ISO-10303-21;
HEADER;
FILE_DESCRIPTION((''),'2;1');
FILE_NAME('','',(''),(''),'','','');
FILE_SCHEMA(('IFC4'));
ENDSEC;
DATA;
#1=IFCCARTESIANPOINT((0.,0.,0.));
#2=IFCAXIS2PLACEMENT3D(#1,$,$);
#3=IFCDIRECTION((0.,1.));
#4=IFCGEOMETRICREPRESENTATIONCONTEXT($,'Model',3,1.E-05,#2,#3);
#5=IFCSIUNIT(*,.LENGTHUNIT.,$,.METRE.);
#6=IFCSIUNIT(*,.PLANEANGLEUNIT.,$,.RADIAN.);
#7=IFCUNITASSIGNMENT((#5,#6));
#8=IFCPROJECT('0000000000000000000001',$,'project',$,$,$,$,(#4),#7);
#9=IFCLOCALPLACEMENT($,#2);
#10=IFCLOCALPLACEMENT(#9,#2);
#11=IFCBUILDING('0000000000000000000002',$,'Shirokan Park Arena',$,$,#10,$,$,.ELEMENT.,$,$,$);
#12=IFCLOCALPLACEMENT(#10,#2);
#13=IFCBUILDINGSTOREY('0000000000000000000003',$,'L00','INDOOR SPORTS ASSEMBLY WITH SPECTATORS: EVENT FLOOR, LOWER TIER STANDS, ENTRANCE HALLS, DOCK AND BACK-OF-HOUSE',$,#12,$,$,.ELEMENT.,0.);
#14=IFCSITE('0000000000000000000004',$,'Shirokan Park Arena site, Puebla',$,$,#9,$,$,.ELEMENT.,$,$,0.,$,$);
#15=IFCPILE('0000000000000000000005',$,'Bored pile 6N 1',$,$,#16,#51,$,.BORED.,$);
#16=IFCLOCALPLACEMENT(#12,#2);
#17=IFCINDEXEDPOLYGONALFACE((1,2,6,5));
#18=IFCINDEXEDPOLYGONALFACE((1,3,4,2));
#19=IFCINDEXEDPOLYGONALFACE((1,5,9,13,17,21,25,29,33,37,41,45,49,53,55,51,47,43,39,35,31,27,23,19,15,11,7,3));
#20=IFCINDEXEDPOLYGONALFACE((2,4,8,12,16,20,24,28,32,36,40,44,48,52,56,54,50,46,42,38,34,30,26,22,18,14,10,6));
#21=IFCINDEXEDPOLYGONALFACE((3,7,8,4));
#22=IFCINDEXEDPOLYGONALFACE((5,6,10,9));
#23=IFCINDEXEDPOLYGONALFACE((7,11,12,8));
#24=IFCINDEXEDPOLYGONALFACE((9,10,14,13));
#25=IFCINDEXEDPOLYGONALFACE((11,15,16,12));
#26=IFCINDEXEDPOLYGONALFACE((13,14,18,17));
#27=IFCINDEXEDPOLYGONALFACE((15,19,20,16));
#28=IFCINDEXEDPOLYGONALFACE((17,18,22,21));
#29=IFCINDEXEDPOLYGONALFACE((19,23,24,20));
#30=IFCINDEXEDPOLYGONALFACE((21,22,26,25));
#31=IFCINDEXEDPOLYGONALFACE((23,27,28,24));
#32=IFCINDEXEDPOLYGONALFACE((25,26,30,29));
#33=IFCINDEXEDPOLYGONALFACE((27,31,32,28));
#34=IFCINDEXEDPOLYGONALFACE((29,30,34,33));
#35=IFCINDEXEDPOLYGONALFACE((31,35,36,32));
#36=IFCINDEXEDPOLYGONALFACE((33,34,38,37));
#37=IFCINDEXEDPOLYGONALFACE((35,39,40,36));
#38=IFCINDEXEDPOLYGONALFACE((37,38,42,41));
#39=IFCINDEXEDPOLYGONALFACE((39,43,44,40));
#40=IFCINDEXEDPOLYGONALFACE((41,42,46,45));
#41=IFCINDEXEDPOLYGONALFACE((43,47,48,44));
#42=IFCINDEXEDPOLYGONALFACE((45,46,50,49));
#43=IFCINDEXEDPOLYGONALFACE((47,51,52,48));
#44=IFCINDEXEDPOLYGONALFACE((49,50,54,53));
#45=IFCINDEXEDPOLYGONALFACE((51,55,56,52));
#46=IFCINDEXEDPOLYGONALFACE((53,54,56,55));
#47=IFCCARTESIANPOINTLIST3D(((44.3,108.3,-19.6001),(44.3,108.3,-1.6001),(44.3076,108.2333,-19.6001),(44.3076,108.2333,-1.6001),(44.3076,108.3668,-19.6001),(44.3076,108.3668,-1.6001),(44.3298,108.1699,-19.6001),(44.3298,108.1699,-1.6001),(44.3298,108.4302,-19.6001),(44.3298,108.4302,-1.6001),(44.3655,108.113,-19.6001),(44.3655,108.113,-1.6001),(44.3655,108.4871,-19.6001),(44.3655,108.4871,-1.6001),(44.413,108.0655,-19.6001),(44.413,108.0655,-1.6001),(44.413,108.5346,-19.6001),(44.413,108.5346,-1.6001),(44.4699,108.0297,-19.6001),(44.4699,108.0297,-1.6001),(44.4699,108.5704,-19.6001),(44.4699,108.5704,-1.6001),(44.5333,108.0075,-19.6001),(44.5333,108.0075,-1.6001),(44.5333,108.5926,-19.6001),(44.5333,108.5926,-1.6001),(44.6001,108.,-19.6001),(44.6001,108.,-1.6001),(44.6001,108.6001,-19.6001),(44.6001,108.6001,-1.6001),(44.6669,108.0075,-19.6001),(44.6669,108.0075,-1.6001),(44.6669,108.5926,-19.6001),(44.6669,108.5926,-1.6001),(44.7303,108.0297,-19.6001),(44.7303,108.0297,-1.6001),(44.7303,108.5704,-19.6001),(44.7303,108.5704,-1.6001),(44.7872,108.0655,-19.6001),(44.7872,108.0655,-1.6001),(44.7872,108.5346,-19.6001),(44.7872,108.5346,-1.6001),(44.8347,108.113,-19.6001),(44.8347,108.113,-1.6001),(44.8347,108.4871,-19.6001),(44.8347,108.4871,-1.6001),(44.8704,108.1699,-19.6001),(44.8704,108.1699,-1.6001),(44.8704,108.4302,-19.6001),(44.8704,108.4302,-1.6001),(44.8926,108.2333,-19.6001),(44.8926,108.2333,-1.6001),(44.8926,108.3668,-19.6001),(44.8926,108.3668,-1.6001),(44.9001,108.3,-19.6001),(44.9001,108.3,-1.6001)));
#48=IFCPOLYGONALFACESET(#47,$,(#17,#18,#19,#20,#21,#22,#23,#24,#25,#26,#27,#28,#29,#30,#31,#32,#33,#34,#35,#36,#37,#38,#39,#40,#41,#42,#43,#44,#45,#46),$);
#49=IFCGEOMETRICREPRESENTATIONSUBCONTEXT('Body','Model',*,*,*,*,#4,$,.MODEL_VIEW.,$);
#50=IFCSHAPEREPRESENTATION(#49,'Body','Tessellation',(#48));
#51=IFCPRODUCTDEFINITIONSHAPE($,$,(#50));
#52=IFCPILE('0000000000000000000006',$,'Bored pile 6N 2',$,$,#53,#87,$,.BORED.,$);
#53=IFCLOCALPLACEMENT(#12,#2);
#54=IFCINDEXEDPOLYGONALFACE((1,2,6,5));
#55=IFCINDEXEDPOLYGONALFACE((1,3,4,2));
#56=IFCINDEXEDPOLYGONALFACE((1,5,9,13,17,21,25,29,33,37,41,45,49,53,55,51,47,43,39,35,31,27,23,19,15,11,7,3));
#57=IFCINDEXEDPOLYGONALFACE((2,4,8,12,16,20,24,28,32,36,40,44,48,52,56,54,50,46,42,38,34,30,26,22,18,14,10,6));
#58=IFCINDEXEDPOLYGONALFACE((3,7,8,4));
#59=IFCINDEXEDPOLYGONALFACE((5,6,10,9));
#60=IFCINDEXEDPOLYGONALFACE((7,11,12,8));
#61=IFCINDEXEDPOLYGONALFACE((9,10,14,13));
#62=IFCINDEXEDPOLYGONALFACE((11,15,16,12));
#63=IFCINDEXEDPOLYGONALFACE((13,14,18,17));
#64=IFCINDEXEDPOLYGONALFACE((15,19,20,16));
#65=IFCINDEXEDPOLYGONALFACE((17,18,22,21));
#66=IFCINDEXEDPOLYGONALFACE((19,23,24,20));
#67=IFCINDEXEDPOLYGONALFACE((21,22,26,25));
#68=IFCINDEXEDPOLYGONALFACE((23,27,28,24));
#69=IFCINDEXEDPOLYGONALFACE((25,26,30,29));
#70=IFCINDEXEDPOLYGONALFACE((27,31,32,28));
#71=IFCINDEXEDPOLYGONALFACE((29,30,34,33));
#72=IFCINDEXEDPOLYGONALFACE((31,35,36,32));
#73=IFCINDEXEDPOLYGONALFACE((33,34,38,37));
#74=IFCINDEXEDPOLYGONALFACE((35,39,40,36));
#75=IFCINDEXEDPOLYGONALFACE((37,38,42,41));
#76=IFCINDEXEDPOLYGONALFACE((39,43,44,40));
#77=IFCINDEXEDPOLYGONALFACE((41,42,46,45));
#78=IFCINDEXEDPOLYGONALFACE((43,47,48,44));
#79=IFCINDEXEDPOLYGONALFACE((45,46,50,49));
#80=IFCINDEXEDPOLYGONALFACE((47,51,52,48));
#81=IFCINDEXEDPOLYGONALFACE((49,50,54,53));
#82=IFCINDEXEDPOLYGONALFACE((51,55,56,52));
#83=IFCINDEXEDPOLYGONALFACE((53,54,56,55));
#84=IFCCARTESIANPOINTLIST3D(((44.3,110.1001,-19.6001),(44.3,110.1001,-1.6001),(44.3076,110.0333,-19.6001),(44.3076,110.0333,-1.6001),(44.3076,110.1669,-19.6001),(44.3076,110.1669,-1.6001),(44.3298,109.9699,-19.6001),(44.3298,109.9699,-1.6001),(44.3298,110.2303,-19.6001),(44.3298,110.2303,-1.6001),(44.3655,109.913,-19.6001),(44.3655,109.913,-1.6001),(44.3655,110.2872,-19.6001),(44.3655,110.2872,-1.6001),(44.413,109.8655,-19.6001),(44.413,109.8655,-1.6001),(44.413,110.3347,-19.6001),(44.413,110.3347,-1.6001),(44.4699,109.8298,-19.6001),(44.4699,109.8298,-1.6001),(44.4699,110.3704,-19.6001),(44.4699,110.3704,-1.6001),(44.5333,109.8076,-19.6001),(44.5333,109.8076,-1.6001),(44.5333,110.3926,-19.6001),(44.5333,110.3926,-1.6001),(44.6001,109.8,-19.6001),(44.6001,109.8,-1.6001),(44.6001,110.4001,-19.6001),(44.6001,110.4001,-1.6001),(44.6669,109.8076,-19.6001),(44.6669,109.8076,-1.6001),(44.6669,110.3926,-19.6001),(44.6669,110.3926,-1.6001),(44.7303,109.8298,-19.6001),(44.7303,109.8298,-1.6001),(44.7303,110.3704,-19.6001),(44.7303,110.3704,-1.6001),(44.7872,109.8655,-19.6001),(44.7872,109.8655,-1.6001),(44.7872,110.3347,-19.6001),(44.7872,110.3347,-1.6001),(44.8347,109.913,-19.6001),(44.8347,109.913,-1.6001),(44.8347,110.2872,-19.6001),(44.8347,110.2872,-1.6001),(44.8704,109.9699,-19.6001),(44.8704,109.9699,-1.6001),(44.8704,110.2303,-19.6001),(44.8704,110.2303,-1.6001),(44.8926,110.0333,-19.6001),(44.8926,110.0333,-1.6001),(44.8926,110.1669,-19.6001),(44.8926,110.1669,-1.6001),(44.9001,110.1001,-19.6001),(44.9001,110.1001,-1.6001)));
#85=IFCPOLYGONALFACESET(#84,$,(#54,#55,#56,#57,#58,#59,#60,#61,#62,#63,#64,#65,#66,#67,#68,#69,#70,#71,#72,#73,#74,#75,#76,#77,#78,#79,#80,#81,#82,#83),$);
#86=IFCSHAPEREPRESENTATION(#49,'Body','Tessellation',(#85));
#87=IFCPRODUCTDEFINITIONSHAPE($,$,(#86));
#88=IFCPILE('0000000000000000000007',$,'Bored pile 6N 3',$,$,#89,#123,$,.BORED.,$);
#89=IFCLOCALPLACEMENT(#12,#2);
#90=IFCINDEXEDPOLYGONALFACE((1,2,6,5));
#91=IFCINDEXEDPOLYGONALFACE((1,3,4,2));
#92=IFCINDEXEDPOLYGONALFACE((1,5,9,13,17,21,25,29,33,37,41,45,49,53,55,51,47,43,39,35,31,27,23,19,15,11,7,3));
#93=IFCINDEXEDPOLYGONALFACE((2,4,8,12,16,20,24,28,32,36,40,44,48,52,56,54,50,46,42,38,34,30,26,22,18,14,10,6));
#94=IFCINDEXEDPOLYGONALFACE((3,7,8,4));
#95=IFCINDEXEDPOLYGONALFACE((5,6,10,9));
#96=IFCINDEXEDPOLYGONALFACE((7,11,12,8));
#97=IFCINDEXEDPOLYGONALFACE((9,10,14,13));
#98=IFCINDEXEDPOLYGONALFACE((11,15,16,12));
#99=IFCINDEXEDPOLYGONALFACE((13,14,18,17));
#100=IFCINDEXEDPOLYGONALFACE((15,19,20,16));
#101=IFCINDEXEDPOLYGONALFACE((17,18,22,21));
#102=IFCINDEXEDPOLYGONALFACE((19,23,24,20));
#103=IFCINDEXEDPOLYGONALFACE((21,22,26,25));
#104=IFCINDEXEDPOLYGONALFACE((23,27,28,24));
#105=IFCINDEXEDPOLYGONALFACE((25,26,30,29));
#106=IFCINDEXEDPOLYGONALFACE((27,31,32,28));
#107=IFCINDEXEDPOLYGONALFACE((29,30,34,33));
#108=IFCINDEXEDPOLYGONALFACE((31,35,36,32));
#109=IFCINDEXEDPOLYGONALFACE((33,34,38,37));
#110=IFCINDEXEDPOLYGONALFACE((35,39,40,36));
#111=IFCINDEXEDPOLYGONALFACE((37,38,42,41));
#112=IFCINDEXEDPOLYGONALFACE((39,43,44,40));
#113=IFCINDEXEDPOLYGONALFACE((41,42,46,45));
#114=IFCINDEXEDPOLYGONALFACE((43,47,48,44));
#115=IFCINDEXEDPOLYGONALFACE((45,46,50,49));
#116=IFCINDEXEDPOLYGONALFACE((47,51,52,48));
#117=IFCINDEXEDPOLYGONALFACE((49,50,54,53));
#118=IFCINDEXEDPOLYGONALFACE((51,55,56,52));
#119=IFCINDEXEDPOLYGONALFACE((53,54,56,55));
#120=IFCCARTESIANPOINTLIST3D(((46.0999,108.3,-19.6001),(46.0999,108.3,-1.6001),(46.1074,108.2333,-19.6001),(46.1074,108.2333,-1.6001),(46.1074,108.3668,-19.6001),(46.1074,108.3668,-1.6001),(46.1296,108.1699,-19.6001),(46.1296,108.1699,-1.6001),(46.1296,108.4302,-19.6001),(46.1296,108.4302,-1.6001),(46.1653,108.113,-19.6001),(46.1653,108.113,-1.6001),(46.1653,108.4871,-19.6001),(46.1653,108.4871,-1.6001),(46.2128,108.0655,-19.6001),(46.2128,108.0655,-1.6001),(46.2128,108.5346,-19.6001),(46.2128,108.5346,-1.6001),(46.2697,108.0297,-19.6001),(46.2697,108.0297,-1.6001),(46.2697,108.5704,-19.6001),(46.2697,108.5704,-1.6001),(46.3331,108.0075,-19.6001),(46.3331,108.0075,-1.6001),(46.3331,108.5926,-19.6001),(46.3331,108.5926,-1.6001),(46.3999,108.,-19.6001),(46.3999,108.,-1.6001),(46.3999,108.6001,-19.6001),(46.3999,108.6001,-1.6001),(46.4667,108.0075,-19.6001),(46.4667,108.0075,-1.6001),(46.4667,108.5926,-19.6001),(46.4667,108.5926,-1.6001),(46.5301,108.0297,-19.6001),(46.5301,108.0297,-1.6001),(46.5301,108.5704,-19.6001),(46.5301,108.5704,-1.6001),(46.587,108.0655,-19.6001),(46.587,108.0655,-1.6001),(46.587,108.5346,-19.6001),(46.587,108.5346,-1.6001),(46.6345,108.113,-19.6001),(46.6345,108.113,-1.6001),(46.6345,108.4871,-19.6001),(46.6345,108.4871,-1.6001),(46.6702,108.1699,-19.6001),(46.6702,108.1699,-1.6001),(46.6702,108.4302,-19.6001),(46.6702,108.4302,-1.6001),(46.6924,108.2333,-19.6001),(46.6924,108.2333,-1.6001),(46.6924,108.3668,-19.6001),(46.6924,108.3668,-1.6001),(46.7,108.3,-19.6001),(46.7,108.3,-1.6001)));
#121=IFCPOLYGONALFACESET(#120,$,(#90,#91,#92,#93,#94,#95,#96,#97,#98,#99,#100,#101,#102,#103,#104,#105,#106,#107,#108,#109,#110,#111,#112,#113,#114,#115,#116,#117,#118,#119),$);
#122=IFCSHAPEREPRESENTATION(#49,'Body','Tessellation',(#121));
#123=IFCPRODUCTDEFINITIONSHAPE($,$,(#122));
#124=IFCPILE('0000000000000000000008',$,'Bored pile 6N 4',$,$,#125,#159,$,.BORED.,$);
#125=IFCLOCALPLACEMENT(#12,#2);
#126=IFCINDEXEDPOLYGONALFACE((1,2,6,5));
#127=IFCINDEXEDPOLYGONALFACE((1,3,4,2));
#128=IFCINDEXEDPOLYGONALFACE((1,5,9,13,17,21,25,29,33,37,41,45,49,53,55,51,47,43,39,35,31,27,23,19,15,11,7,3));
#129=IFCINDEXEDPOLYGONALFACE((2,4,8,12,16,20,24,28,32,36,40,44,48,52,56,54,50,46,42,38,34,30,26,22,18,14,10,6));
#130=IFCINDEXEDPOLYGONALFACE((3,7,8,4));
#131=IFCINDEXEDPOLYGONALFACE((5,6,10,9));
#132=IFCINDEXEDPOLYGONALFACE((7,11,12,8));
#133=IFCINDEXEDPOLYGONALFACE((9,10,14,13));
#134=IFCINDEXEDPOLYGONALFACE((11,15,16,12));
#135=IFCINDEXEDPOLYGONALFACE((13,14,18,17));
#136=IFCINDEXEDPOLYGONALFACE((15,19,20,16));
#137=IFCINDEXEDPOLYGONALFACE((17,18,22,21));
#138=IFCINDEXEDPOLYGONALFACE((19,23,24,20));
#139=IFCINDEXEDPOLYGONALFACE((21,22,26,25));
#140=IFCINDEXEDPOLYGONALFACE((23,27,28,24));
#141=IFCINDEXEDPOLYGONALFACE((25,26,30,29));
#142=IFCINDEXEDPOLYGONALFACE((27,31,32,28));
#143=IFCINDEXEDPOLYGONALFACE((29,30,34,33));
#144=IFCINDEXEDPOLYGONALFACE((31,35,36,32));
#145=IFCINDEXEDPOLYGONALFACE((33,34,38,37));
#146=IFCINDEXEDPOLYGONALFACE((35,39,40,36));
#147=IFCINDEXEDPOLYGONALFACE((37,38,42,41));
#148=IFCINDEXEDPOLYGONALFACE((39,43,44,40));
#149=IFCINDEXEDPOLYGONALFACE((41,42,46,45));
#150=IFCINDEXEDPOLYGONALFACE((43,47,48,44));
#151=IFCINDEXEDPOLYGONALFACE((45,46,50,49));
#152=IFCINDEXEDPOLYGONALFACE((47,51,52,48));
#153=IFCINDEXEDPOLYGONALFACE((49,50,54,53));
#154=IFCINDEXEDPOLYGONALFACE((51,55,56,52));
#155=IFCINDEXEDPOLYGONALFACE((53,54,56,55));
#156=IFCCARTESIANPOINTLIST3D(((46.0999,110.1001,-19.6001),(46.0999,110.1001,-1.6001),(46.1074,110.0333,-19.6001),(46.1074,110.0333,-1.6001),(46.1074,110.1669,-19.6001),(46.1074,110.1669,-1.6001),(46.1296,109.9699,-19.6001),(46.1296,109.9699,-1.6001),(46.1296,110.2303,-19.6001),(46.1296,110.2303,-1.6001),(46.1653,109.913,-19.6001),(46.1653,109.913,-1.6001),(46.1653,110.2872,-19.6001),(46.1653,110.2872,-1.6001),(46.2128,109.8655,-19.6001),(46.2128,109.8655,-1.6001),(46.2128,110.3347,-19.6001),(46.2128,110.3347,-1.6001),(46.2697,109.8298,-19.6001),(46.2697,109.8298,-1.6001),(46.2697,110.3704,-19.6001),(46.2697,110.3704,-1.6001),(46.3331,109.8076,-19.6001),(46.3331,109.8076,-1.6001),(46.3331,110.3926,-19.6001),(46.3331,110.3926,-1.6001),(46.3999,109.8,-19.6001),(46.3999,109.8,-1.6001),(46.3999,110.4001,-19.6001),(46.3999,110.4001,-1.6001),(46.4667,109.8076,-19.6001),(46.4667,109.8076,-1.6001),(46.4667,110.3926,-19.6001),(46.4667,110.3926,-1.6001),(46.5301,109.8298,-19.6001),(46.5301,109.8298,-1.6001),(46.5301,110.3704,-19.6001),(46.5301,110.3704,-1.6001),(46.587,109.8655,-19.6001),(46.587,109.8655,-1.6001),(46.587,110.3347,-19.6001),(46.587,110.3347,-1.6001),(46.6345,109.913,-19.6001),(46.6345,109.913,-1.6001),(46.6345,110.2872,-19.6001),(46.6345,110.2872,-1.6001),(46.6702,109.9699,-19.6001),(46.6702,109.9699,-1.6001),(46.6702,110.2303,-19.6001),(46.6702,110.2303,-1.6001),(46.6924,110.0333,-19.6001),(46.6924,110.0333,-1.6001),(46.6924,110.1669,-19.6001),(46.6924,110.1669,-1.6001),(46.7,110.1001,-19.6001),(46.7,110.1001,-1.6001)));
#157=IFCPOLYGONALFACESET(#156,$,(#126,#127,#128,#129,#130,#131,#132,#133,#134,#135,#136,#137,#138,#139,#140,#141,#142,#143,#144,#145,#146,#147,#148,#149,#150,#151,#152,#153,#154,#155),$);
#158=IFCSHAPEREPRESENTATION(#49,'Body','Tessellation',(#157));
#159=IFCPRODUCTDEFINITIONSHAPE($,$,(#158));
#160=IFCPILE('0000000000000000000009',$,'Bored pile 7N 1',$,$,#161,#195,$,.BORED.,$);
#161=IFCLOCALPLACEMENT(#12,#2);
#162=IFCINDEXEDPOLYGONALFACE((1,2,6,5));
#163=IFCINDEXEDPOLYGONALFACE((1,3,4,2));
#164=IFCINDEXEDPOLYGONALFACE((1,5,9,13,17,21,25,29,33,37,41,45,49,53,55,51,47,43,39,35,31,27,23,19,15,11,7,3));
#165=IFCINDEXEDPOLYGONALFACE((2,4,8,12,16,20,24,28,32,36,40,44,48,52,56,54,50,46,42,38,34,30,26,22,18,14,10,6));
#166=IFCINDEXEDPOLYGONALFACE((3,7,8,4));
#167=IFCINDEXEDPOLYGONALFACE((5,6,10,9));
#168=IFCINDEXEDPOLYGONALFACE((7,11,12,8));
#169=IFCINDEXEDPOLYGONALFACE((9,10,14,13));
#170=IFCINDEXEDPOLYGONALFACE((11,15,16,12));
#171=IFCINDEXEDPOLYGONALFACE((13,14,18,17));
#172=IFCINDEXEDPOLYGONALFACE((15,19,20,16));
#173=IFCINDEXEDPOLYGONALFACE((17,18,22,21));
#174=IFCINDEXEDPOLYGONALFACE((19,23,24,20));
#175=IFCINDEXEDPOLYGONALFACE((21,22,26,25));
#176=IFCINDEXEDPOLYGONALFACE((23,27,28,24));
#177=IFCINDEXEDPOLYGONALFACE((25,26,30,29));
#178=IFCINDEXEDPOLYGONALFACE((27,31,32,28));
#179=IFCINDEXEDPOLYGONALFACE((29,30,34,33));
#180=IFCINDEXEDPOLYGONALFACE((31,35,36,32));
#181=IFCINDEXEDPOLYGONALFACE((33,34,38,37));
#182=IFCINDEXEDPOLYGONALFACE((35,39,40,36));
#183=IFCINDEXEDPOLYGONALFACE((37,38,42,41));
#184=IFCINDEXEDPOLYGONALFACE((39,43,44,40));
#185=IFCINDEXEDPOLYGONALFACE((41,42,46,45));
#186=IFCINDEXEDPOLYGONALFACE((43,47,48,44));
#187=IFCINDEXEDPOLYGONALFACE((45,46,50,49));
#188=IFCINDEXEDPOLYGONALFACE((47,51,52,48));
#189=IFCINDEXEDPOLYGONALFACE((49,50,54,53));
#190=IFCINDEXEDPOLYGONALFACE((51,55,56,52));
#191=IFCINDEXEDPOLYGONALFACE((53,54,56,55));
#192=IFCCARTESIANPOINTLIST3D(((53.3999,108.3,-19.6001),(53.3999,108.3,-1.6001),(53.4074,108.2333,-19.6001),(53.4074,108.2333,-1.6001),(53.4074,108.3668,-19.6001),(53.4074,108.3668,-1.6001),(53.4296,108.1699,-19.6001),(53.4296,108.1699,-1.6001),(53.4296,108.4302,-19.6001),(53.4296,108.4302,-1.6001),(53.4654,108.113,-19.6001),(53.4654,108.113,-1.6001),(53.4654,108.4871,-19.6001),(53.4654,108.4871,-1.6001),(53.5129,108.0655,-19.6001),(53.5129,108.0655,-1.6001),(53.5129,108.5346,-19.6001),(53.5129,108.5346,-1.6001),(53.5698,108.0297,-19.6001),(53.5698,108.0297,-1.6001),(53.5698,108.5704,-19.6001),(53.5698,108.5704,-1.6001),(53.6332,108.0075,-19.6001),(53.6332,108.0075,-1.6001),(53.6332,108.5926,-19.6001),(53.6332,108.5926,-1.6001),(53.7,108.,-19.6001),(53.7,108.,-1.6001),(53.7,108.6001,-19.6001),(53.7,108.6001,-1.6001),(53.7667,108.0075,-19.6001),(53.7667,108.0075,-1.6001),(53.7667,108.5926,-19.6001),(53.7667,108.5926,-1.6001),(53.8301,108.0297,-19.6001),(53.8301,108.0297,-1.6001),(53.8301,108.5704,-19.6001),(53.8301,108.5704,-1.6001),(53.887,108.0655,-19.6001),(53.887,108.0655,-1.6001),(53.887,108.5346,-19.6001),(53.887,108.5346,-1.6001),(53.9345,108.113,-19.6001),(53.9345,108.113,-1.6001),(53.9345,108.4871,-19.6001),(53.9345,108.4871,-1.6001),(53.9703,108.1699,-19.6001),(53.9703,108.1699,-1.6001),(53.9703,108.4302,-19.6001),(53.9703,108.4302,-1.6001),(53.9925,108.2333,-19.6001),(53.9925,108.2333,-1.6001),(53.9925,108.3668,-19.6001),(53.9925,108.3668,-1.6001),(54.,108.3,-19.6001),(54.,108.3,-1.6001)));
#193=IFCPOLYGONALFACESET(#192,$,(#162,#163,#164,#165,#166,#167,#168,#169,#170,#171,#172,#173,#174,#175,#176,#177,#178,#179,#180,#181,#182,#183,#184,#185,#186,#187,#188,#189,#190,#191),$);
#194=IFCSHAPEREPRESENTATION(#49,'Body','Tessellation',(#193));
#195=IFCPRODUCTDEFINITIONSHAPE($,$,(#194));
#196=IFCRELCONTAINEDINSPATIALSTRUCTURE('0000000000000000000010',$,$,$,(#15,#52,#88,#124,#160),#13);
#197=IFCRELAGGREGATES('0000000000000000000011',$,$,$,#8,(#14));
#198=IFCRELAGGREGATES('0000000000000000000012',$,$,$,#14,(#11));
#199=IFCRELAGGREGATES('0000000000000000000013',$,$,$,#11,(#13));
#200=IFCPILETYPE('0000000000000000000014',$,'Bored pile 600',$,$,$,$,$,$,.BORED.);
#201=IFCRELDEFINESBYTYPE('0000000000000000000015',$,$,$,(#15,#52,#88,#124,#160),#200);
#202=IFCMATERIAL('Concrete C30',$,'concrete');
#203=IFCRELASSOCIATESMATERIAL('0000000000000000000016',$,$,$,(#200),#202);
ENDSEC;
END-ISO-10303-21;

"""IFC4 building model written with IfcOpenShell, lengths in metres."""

from ifc_helpers import new_model, si_unit, direction, frame, origin, origin_2d, place, context, subcontext, project, spatial, circle, extrude, material, material_profile, profile_set, type_object, element, save


model = new_model("IFC4")

# Units and contexts
model_context = context("Model", 3, precision=1e-05, world=origin(), true_north=direction((0.0, 1.0)))
body_context = subcontext(model_context, "Body", "Model", "MODEL_VIEW")
ifc_project = project(units=[si_unit("LENGTHUNIT", "METRE"), si_unit("PLANEANGLEUNIT", "RADIAN")], contexts=[model_context])

# Site, building, storey
site_placement = place(None, origin())
site = spatial("IfcSite", under=ifc_project, at=site_placement, Name="Shirokan Park Arena site, Puebla", CompositionType="ELEMENT", RefElevation=0.0)
building_placement = place(site_placement, origin())
building = spatial("IfcBuilding", under=site, at=building_placement, Name="Shirokan Park Arena", CompositionType="ELEMENT")
storey_placement = place(building_placement, origin())
storey = spatial("IfcBuildingStorey", under=building, at=storey_placement, Name="L00", Description="INDOOR SPORTS ASSEMBLY WITH SPECTATORS: EVENT FLOOR, LOWER TIER STANDS, ENTRANCE HALLS, DOCK AND BACK-OF-HOUSE", CompositionType="ELEMENT", Elevation=0.0)

# Piles
ifc_material_1 = material(Name="Concrete C30", Category="concrete")
ifc_material_profile_1 = material_profile(ifc_material_1, circle(Radius=0.3, at=origin_2d()), Name="D600")
ifc_profile_set_1 = profile_set([ifc_material_profile_1], Name="Concrete C30")
pile_type = type_object("IfcPileType", Name="Bored pile 600", PredefinedType="BORED", material=ifc_profile_set_1)
for number, where, z_axis, x_axis, name in (
    (1, (44.6001, 108.3, -1.6001), (0.0, 0.0, -1.0), (1.0, 0.0, 0.0), "Bored pile 6N 1"),
    (2, (44.6001, 110.1001, -1.6001), (0.0, 0.0, -1.0), (1.0, 0.0, 0.0), "Bored pile 6N 2"),
    (3, (46.3999, 108.3, -1.6001), (0.0, 0.0, -1.0), (1.0, 0.0, 0.0), "Bored pile 6N 3"),
    (4, (46.3999, 110.1001, -1.6001), (0.0, 0.0, -1.0), (1.0, 0.0, 0.0), "Bored pile 6N 4"),
    (5, (53.7, 108.3, -1.6001), (0.0, 0.0, -1.0), (1.0, 0.0, 0.0), "Bored pile 7N 1"),
):
    element("IfcPile", number, at=place(storey_placement, frame(where, z_axis=z_axis, x_axis=x_axis)), inside=storey, type_object=pile_type, Name=name, PredefinedType="BORED", context=body_context, shape_type="SweptSolid", body=[
        extrude(circle(Radius=0.3, at=origin_2d()), origin(), (0.0, 0.0, 1.0), 18.0),
    ])

save(model, "model.ifc")
